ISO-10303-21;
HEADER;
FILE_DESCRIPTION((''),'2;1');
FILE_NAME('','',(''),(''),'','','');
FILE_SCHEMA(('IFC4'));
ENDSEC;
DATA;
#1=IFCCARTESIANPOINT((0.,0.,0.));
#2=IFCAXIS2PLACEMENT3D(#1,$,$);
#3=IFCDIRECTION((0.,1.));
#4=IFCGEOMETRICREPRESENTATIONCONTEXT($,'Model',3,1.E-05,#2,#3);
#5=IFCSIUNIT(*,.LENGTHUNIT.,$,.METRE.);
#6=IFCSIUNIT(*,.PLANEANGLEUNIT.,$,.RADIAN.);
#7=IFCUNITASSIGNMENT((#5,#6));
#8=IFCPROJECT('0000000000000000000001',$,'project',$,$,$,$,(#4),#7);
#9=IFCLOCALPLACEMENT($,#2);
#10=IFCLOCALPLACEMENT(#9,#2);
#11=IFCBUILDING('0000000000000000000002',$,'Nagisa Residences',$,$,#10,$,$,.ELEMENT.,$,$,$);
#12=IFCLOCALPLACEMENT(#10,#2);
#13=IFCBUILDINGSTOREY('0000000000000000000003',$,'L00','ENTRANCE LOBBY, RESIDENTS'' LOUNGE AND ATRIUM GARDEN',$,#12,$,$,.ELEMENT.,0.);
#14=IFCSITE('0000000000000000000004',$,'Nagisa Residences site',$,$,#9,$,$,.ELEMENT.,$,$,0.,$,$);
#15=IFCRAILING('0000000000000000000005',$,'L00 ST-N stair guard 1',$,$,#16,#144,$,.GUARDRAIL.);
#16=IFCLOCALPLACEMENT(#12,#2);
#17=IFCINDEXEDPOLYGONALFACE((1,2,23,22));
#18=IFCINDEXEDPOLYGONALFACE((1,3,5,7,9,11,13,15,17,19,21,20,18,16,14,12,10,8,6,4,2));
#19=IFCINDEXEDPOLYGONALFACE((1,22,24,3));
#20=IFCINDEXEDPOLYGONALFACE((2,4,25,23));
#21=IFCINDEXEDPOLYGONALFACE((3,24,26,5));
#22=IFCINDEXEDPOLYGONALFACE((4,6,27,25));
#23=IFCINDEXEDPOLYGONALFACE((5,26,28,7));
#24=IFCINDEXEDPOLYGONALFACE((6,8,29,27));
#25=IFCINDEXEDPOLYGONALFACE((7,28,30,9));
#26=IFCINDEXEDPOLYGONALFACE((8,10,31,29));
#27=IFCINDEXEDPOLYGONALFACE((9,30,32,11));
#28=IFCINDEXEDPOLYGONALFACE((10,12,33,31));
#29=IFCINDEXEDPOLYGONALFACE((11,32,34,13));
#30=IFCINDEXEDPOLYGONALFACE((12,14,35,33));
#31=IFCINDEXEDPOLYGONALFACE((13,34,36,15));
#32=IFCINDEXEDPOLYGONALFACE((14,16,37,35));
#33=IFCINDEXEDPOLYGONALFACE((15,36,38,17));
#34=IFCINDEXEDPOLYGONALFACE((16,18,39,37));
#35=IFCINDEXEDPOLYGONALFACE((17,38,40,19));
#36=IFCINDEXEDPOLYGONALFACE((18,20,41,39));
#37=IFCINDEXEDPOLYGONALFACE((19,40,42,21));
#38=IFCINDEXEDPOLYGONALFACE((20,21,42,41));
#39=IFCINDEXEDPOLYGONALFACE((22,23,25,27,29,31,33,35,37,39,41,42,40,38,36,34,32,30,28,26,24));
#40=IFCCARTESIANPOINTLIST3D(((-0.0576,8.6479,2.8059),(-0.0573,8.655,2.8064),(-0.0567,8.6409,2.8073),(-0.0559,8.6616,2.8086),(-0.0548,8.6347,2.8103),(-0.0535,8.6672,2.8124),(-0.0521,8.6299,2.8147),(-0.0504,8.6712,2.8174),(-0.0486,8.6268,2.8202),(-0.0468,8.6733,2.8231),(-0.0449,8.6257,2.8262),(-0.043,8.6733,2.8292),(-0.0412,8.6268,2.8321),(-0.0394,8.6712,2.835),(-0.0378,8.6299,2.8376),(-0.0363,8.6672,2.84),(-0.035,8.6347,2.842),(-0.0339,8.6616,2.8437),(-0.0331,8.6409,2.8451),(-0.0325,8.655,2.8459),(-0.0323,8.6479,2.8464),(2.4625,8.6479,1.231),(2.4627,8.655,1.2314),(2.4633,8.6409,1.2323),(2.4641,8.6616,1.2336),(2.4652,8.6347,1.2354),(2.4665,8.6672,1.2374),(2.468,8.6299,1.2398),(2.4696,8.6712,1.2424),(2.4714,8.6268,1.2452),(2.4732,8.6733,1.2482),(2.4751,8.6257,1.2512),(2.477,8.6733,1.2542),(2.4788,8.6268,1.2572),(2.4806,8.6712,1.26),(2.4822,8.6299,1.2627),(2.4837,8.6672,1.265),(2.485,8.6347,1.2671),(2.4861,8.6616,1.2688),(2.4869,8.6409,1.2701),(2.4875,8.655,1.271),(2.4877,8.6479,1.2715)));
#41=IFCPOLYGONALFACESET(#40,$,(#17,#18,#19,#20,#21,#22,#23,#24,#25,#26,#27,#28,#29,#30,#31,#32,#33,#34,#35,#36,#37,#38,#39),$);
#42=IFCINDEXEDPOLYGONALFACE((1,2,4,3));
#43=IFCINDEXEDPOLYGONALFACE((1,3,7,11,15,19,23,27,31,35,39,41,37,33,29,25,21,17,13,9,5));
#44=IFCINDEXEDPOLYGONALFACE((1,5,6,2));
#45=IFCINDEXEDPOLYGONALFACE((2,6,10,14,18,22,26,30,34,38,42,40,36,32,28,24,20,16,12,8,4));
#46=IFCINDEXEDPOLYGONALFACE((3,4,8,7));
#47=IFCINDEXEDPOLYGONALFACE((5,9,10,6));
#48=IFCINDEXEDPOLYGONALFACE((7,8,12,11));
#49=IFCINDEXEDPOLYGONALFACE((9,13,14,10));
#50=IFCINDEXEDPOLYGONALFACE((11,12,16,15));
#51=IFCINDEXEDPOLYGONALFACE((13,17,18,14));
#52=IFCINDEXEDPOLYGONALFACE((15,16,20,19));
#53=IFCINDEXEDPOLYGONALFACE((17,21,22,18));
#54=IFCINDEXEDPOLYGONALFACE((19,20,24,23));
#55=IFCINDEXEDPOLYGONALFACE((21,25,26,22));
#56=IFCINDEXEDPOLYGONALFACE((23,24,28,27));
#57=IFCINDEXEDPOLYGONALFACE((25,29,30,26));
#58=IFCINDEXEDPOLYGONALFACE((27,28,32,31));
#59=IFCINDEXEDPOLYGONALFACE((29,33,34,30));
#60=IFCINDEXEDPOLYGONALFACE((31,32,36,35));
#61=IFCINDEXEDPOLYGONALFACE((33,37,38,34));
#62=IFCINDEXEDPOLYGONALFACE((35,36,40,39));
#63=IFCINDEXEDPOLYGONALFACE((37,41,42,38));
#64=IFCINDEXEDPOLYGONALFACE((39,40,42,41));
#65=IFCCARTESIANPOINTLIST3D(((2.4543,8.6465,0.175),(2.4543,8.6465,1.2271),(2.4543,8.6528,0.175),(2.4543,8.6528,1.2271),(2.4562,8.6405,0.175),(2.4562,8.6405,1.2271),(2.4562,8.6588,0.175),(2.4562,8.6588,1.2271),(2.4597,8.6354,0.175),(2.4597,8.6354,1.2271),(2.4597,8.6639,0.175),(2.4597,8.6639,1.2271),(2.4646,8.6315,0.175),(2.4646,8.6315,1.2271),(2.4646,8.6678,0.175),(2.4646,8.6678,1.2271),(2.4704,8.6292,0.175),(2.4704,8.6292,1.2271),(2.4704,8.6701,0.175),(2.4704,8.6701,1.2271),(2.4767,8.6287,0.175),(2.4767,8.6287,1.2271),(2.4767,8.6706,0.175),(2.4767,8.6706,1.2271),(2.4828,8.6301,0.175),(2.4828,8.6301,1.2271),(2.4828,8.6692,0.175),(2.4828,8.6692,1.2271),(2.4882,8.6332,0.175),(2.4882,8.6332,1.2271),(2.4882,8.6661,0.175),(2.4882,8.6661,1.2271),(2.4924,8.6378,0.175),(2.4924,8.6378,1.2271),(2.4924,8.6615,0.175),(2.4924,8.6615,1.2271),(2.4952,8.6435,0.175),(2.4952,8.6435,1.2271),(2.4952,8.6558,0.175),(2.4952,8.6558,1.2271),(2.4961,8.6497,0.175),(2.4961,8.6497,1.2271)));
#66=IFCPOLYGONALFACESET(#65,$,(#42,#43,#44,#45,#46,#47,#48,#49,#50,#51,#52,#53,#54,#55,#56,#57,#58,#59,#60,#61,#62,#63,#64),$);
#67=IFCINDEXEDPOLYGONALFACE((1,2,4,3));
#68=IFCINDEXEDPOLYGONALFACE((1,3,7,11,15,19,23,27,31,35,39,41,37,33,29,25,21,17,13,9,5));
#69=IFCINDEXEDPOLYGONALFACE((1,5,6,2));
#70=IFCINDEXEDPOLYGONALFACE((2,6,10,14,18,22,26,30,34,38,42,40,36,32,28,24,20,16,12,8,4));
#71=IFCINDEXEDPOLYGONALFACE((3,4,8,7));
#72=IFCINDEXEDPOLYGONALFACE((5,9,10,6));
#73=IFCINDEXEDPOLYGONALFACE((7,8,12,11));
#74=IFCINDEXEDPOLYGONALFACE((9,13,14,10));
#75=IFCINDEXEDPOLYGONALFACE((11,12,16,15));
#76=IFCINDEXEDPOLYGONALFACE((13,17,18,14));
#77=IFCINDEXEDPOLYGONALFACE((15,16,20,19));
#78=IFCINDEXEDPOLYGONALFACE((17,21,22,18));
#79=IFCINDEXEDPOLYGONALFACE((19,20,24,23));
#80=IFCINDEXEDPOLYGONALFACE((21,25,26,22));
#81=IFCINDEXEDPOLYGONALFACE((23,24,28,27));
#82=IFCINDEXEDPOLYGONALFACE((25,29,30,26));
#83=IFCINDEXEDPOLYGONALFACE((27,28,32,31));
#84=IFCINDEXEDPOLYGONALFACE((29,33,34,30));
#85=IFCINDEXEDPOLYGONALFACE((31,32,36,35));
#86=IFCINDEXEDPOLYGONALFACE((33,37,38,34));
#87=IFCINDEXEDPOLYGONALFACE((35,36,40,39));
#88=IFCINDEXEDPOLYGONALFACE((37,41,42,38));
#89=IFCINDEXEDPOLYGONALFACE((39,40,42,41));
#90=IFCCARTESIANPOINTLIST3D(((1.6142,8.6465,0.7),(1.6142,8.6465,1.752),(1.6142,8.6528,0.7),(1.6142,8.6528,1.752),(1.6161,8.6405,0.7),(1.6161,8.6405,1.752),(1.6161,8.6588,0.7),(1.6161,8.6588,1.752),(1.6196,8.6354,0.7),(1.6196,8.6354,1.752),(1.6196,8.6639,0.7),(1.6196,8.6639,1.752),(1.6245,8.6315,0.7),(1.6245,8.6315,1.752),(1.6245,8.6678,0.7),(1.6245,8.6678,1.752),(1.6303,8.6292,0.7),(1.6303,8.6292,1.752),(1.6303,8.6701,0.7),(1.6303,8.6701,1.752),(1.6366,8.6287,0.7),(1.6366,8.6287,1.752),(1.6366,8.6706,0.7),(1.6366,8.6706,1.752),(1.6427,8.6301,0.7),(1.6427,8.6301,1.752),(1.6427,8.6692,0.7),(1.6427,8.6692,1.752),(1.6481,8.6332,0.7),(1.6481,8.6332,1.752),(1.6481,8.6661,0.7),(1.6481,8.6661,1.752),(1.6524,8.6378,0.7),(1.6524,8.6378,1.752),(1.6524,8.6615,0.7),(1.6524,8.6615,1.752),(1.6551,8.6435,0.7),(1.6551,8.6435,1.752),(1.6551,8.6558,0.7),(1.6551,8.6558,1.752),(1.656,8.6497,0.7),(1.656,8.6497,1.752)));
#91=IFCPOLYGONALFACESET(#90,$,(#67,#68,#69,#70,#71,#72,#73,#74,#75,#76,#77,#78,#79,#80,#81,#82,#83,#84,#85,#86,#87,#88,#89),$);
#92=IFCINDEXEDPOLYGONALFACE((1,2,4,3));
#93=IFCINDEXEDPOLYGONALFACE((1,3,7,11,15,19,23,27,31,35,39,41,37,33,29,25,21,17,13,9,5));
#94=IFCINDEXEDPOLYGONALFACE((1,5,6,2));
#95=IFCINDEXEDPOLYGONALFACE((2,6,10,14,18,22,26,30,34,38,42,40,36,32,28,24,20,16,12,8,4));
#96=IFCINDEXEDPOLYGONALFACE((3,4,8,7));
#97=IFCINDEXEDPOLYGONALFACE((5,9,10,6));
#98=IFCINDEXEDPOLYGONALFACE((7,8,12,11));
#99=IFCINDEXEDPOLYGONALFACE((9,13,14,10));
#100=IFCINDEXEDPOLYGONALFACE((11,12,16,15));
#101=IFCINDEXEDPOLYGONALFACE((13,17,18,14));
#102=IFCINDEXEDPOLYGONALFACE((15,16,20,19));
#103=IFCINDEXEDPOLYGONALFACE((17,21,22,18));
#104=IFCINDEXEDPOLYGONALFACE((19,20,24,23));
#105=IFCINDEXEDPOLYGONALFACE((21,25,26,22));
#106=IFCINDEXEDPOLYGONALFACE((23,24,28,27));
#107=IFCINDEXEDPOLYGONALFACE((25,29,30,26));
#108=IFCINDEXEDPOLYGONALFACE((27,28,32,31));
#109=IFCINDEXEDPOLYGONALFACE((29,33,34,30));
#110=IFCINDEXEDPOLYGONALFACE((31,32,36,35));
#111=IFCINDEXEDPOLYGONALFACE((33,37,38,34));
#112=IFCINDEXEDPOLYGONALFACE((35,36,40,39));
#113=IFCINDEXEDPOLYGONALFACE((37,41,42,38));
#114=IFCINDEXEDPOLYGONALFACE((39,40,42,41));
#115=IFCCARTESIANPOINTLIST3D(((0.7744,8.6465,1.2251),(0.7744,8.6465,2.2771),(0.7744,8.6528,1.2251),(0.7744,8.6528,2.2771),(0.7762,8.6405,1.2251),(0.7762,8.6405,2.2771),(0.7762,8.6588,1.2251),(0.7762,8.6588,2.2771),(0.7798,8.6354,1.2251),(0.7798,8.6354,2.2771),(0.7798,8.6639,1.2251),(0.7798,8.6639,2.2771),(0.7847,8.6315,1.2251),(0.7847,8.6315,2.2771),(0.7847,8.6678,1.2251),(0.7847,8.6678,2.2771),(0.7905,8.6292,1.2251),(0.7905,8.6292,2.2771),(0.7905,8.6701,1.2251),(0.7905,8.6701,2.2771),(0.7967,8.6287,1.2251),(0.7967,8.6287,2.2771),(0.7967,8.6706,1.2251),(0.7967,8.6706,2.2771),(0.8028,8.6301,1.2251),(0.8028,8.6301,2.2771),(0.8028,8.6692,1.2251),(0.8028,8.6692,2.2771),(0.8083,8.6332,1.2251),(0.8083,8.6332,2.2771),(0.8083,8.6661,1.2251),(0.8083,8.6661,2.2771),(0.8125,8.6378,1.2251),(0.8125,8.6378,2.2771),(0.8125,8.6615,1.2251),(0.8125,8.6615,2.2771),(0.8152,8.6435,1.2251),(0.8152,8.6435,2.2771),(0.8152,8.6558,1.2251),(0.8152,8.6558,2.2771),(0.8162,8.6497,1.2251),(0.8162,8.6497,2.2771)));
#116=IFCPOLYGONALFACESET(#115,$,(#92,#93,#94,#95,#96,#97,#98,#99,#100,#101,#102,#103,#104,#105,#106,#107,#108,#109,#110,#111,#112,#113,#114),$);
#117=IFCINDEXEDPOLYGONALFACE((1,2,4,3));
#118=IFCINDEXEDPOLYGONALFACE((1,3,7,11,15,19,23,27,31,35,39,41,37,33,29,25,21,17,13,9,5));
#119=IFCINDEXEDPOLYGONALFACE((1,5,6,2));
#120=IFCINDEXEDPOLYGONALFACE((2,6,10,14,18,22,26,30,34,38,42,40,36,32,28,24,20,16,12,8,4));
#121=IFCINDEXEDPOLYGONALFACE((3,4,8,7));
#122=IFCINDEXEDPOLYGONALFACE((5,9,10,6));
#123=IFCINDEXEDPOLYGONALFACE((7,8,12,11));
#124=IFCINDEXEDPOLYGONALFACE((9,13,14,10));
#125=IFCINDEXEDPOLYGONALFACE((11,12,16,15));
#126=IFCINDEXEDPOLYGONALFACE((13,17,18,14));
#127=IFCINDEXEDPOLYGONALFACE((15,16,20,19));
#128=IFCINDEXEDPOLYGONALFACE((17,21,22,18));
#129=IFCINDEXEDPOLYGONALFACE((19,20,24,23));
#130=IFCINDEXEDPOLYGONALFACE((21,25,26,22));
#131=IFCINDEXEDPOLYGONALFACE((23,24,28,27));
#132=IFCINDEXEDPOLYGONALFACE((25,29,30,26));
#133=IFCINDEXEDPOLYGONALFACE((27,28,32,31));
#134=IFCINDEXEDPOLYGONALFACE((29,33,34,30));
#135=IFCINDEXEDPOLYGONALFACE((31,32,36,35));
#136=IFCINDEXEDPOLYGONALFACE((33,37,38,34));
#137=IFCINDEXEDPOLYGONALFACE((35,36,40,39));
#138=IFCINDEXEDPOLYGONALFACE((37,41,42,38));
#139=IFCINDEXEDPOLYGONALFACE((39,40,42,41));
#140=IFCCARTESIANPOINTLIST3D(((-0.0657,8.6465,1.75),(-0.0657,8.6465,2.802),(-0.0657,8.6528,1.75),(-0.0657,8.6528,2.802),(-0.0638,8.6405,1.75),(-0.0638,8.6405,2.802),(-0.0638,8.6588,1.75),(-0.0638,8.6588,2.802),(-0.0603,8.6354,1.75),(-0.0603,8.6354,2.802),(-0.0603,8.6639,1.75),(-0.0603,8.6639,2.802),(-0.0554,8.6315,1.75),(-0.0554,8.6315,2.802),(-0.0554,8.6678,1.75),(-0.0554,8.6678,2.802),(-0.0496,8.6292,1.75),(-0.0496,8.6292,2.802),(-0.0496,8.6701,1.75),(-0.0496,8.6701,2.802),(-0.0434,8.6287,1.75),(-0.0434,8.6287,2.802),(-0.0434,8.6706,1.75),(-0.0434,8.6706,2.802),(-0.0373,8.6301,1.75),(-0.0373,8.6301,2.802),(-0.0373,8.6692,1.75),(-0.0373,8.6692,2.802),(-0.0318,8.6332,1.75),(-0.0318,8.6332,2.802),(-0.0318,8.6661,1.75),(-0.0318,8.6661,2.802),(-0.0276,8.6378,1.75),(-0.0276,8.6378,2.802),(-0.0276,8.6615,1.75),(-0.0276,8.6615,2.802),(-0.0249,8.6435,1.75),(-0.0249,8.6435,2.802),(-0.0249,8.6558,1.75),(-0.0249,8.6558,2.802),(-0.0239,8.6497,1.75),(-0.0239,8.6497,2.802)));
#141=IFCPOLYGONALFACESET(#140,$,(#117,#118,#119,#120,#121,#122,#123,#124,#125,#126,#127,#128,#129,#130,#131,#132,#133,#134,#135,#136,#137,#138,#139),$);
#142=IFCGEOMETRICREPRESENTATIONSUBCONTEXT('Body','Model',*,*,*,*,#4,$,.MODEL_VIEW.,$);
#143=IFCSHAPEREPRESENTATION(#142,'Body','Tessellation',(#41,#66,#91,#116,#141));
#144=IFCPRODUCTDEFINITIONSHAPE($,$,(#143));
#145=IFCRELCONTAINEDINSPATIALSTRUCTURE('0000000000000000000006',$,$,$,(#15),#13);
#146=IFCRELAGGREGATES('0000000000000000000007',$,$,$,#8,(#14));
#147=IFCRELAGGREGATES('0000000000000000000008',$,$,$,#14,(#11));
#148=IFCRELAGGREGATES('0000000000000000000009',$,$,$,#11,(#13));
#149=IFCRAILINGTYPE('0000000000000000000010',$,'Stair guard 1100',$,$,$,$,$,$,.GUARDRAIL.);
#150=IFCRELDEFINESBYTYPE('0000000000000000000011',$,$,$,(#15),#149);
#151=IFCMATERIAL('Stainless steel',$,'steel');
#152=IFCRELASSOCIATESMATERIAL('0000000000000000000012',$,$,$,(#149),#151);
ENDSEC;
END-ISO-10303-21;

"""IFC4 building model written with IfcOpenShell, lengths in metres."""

from ifc_helpers import new_model, si_unit, direction, frame, origin, origin_2d, place, context, subcontext, project, spatial, circle, extrude, material, type_object, element, save


model = new_model("IFC4")

# Units and contexts
model_context = context("Model", 3, precision=1e-05, world=origin(), true_north=direction((0.0, 1.0)))
body_context = subcontext(model_context, "Body", "Model", "MODEL_VIEW")
ifc_project = project(units=[si_unit("LENGTHUNIT", "METRE"), si_unit("PLANEANGLEUNIT", "RADIAN")], contexts=[model_context])

# Site, building, storey
site_placement = place(None, origin())
site = spatial("IfcSite", under=ifc_project, at=site_placement, Name="Nagisa Residences site", CompositionType="ELEMENT", RefElevation=0.0)
building_placement = place(site_placement, origin())
building = spatial("IfcBuilding", under=site, at=building_placement, Name="Nagisa Residences", CompositionType="ELEMENT")
storey_placement = place(building_placement, origin())
storey = spatial("IfcBuildingStorey", under=building, at=storey_placement, Name="L00", Description="ENTRANCE LOBBY, RESIDENTS' LOUNGE AND ATRIUM GARDEN", CompositionType="ELEMENT", Elevation=0.0)

# Railing
ifc_material_1 = material(Name="Stainless steel", Category="steel")
railing_type_1 = type_object("IfcRailingType", Name="Stair guard 1100", PredefinedType="GUARDRAIL", material=ifc_material_1)
railing_1_placement = place(storey_placement, frame((2.4751, 8.6497, 0.175)))
element("IfcRailing", 1, at=railing_1_placement, inside=storey, type_object=railing_type_1, Name="L00 ST-N stair guard 1", PredefinedType="GUARDRAIL", context=body_context, shape_type="SweptSolid", body=[
    extrude(circle(Radius=0.0239, at=origin_2d()), frame((0.0, 0.0, 1.0762), z_axis=(-0.848008, 0.0, 0.529984), x_axis=(0.0, -1.0, 0.0)), (0.0, 0.0, 1.0), 2.9717),
    extrude(circle(Radius=0.021, at=origin_2d()), origin(), (0.0, 0.0, 1.0), 1.052),
    extrude(circle(Radius=0.021, at=origin_2d()), frame((-0.8401, 0.0, 0.5249)), (0.0, 0.0, 1.0), 1.052),
    extrude(circle(Radius=0.021, at=origin_2d()), frame((-1.6799, 0.0, 1.05)), (0.0, 0.0, 1.0), 1.052),
    extrude(circle(Radius=0.021, at=origin_2d()), frame((-2.52, 0.0, 1.575)), (0.0, 0.0, 1.0), 1.052),
])

save(model, "model.ifc")
